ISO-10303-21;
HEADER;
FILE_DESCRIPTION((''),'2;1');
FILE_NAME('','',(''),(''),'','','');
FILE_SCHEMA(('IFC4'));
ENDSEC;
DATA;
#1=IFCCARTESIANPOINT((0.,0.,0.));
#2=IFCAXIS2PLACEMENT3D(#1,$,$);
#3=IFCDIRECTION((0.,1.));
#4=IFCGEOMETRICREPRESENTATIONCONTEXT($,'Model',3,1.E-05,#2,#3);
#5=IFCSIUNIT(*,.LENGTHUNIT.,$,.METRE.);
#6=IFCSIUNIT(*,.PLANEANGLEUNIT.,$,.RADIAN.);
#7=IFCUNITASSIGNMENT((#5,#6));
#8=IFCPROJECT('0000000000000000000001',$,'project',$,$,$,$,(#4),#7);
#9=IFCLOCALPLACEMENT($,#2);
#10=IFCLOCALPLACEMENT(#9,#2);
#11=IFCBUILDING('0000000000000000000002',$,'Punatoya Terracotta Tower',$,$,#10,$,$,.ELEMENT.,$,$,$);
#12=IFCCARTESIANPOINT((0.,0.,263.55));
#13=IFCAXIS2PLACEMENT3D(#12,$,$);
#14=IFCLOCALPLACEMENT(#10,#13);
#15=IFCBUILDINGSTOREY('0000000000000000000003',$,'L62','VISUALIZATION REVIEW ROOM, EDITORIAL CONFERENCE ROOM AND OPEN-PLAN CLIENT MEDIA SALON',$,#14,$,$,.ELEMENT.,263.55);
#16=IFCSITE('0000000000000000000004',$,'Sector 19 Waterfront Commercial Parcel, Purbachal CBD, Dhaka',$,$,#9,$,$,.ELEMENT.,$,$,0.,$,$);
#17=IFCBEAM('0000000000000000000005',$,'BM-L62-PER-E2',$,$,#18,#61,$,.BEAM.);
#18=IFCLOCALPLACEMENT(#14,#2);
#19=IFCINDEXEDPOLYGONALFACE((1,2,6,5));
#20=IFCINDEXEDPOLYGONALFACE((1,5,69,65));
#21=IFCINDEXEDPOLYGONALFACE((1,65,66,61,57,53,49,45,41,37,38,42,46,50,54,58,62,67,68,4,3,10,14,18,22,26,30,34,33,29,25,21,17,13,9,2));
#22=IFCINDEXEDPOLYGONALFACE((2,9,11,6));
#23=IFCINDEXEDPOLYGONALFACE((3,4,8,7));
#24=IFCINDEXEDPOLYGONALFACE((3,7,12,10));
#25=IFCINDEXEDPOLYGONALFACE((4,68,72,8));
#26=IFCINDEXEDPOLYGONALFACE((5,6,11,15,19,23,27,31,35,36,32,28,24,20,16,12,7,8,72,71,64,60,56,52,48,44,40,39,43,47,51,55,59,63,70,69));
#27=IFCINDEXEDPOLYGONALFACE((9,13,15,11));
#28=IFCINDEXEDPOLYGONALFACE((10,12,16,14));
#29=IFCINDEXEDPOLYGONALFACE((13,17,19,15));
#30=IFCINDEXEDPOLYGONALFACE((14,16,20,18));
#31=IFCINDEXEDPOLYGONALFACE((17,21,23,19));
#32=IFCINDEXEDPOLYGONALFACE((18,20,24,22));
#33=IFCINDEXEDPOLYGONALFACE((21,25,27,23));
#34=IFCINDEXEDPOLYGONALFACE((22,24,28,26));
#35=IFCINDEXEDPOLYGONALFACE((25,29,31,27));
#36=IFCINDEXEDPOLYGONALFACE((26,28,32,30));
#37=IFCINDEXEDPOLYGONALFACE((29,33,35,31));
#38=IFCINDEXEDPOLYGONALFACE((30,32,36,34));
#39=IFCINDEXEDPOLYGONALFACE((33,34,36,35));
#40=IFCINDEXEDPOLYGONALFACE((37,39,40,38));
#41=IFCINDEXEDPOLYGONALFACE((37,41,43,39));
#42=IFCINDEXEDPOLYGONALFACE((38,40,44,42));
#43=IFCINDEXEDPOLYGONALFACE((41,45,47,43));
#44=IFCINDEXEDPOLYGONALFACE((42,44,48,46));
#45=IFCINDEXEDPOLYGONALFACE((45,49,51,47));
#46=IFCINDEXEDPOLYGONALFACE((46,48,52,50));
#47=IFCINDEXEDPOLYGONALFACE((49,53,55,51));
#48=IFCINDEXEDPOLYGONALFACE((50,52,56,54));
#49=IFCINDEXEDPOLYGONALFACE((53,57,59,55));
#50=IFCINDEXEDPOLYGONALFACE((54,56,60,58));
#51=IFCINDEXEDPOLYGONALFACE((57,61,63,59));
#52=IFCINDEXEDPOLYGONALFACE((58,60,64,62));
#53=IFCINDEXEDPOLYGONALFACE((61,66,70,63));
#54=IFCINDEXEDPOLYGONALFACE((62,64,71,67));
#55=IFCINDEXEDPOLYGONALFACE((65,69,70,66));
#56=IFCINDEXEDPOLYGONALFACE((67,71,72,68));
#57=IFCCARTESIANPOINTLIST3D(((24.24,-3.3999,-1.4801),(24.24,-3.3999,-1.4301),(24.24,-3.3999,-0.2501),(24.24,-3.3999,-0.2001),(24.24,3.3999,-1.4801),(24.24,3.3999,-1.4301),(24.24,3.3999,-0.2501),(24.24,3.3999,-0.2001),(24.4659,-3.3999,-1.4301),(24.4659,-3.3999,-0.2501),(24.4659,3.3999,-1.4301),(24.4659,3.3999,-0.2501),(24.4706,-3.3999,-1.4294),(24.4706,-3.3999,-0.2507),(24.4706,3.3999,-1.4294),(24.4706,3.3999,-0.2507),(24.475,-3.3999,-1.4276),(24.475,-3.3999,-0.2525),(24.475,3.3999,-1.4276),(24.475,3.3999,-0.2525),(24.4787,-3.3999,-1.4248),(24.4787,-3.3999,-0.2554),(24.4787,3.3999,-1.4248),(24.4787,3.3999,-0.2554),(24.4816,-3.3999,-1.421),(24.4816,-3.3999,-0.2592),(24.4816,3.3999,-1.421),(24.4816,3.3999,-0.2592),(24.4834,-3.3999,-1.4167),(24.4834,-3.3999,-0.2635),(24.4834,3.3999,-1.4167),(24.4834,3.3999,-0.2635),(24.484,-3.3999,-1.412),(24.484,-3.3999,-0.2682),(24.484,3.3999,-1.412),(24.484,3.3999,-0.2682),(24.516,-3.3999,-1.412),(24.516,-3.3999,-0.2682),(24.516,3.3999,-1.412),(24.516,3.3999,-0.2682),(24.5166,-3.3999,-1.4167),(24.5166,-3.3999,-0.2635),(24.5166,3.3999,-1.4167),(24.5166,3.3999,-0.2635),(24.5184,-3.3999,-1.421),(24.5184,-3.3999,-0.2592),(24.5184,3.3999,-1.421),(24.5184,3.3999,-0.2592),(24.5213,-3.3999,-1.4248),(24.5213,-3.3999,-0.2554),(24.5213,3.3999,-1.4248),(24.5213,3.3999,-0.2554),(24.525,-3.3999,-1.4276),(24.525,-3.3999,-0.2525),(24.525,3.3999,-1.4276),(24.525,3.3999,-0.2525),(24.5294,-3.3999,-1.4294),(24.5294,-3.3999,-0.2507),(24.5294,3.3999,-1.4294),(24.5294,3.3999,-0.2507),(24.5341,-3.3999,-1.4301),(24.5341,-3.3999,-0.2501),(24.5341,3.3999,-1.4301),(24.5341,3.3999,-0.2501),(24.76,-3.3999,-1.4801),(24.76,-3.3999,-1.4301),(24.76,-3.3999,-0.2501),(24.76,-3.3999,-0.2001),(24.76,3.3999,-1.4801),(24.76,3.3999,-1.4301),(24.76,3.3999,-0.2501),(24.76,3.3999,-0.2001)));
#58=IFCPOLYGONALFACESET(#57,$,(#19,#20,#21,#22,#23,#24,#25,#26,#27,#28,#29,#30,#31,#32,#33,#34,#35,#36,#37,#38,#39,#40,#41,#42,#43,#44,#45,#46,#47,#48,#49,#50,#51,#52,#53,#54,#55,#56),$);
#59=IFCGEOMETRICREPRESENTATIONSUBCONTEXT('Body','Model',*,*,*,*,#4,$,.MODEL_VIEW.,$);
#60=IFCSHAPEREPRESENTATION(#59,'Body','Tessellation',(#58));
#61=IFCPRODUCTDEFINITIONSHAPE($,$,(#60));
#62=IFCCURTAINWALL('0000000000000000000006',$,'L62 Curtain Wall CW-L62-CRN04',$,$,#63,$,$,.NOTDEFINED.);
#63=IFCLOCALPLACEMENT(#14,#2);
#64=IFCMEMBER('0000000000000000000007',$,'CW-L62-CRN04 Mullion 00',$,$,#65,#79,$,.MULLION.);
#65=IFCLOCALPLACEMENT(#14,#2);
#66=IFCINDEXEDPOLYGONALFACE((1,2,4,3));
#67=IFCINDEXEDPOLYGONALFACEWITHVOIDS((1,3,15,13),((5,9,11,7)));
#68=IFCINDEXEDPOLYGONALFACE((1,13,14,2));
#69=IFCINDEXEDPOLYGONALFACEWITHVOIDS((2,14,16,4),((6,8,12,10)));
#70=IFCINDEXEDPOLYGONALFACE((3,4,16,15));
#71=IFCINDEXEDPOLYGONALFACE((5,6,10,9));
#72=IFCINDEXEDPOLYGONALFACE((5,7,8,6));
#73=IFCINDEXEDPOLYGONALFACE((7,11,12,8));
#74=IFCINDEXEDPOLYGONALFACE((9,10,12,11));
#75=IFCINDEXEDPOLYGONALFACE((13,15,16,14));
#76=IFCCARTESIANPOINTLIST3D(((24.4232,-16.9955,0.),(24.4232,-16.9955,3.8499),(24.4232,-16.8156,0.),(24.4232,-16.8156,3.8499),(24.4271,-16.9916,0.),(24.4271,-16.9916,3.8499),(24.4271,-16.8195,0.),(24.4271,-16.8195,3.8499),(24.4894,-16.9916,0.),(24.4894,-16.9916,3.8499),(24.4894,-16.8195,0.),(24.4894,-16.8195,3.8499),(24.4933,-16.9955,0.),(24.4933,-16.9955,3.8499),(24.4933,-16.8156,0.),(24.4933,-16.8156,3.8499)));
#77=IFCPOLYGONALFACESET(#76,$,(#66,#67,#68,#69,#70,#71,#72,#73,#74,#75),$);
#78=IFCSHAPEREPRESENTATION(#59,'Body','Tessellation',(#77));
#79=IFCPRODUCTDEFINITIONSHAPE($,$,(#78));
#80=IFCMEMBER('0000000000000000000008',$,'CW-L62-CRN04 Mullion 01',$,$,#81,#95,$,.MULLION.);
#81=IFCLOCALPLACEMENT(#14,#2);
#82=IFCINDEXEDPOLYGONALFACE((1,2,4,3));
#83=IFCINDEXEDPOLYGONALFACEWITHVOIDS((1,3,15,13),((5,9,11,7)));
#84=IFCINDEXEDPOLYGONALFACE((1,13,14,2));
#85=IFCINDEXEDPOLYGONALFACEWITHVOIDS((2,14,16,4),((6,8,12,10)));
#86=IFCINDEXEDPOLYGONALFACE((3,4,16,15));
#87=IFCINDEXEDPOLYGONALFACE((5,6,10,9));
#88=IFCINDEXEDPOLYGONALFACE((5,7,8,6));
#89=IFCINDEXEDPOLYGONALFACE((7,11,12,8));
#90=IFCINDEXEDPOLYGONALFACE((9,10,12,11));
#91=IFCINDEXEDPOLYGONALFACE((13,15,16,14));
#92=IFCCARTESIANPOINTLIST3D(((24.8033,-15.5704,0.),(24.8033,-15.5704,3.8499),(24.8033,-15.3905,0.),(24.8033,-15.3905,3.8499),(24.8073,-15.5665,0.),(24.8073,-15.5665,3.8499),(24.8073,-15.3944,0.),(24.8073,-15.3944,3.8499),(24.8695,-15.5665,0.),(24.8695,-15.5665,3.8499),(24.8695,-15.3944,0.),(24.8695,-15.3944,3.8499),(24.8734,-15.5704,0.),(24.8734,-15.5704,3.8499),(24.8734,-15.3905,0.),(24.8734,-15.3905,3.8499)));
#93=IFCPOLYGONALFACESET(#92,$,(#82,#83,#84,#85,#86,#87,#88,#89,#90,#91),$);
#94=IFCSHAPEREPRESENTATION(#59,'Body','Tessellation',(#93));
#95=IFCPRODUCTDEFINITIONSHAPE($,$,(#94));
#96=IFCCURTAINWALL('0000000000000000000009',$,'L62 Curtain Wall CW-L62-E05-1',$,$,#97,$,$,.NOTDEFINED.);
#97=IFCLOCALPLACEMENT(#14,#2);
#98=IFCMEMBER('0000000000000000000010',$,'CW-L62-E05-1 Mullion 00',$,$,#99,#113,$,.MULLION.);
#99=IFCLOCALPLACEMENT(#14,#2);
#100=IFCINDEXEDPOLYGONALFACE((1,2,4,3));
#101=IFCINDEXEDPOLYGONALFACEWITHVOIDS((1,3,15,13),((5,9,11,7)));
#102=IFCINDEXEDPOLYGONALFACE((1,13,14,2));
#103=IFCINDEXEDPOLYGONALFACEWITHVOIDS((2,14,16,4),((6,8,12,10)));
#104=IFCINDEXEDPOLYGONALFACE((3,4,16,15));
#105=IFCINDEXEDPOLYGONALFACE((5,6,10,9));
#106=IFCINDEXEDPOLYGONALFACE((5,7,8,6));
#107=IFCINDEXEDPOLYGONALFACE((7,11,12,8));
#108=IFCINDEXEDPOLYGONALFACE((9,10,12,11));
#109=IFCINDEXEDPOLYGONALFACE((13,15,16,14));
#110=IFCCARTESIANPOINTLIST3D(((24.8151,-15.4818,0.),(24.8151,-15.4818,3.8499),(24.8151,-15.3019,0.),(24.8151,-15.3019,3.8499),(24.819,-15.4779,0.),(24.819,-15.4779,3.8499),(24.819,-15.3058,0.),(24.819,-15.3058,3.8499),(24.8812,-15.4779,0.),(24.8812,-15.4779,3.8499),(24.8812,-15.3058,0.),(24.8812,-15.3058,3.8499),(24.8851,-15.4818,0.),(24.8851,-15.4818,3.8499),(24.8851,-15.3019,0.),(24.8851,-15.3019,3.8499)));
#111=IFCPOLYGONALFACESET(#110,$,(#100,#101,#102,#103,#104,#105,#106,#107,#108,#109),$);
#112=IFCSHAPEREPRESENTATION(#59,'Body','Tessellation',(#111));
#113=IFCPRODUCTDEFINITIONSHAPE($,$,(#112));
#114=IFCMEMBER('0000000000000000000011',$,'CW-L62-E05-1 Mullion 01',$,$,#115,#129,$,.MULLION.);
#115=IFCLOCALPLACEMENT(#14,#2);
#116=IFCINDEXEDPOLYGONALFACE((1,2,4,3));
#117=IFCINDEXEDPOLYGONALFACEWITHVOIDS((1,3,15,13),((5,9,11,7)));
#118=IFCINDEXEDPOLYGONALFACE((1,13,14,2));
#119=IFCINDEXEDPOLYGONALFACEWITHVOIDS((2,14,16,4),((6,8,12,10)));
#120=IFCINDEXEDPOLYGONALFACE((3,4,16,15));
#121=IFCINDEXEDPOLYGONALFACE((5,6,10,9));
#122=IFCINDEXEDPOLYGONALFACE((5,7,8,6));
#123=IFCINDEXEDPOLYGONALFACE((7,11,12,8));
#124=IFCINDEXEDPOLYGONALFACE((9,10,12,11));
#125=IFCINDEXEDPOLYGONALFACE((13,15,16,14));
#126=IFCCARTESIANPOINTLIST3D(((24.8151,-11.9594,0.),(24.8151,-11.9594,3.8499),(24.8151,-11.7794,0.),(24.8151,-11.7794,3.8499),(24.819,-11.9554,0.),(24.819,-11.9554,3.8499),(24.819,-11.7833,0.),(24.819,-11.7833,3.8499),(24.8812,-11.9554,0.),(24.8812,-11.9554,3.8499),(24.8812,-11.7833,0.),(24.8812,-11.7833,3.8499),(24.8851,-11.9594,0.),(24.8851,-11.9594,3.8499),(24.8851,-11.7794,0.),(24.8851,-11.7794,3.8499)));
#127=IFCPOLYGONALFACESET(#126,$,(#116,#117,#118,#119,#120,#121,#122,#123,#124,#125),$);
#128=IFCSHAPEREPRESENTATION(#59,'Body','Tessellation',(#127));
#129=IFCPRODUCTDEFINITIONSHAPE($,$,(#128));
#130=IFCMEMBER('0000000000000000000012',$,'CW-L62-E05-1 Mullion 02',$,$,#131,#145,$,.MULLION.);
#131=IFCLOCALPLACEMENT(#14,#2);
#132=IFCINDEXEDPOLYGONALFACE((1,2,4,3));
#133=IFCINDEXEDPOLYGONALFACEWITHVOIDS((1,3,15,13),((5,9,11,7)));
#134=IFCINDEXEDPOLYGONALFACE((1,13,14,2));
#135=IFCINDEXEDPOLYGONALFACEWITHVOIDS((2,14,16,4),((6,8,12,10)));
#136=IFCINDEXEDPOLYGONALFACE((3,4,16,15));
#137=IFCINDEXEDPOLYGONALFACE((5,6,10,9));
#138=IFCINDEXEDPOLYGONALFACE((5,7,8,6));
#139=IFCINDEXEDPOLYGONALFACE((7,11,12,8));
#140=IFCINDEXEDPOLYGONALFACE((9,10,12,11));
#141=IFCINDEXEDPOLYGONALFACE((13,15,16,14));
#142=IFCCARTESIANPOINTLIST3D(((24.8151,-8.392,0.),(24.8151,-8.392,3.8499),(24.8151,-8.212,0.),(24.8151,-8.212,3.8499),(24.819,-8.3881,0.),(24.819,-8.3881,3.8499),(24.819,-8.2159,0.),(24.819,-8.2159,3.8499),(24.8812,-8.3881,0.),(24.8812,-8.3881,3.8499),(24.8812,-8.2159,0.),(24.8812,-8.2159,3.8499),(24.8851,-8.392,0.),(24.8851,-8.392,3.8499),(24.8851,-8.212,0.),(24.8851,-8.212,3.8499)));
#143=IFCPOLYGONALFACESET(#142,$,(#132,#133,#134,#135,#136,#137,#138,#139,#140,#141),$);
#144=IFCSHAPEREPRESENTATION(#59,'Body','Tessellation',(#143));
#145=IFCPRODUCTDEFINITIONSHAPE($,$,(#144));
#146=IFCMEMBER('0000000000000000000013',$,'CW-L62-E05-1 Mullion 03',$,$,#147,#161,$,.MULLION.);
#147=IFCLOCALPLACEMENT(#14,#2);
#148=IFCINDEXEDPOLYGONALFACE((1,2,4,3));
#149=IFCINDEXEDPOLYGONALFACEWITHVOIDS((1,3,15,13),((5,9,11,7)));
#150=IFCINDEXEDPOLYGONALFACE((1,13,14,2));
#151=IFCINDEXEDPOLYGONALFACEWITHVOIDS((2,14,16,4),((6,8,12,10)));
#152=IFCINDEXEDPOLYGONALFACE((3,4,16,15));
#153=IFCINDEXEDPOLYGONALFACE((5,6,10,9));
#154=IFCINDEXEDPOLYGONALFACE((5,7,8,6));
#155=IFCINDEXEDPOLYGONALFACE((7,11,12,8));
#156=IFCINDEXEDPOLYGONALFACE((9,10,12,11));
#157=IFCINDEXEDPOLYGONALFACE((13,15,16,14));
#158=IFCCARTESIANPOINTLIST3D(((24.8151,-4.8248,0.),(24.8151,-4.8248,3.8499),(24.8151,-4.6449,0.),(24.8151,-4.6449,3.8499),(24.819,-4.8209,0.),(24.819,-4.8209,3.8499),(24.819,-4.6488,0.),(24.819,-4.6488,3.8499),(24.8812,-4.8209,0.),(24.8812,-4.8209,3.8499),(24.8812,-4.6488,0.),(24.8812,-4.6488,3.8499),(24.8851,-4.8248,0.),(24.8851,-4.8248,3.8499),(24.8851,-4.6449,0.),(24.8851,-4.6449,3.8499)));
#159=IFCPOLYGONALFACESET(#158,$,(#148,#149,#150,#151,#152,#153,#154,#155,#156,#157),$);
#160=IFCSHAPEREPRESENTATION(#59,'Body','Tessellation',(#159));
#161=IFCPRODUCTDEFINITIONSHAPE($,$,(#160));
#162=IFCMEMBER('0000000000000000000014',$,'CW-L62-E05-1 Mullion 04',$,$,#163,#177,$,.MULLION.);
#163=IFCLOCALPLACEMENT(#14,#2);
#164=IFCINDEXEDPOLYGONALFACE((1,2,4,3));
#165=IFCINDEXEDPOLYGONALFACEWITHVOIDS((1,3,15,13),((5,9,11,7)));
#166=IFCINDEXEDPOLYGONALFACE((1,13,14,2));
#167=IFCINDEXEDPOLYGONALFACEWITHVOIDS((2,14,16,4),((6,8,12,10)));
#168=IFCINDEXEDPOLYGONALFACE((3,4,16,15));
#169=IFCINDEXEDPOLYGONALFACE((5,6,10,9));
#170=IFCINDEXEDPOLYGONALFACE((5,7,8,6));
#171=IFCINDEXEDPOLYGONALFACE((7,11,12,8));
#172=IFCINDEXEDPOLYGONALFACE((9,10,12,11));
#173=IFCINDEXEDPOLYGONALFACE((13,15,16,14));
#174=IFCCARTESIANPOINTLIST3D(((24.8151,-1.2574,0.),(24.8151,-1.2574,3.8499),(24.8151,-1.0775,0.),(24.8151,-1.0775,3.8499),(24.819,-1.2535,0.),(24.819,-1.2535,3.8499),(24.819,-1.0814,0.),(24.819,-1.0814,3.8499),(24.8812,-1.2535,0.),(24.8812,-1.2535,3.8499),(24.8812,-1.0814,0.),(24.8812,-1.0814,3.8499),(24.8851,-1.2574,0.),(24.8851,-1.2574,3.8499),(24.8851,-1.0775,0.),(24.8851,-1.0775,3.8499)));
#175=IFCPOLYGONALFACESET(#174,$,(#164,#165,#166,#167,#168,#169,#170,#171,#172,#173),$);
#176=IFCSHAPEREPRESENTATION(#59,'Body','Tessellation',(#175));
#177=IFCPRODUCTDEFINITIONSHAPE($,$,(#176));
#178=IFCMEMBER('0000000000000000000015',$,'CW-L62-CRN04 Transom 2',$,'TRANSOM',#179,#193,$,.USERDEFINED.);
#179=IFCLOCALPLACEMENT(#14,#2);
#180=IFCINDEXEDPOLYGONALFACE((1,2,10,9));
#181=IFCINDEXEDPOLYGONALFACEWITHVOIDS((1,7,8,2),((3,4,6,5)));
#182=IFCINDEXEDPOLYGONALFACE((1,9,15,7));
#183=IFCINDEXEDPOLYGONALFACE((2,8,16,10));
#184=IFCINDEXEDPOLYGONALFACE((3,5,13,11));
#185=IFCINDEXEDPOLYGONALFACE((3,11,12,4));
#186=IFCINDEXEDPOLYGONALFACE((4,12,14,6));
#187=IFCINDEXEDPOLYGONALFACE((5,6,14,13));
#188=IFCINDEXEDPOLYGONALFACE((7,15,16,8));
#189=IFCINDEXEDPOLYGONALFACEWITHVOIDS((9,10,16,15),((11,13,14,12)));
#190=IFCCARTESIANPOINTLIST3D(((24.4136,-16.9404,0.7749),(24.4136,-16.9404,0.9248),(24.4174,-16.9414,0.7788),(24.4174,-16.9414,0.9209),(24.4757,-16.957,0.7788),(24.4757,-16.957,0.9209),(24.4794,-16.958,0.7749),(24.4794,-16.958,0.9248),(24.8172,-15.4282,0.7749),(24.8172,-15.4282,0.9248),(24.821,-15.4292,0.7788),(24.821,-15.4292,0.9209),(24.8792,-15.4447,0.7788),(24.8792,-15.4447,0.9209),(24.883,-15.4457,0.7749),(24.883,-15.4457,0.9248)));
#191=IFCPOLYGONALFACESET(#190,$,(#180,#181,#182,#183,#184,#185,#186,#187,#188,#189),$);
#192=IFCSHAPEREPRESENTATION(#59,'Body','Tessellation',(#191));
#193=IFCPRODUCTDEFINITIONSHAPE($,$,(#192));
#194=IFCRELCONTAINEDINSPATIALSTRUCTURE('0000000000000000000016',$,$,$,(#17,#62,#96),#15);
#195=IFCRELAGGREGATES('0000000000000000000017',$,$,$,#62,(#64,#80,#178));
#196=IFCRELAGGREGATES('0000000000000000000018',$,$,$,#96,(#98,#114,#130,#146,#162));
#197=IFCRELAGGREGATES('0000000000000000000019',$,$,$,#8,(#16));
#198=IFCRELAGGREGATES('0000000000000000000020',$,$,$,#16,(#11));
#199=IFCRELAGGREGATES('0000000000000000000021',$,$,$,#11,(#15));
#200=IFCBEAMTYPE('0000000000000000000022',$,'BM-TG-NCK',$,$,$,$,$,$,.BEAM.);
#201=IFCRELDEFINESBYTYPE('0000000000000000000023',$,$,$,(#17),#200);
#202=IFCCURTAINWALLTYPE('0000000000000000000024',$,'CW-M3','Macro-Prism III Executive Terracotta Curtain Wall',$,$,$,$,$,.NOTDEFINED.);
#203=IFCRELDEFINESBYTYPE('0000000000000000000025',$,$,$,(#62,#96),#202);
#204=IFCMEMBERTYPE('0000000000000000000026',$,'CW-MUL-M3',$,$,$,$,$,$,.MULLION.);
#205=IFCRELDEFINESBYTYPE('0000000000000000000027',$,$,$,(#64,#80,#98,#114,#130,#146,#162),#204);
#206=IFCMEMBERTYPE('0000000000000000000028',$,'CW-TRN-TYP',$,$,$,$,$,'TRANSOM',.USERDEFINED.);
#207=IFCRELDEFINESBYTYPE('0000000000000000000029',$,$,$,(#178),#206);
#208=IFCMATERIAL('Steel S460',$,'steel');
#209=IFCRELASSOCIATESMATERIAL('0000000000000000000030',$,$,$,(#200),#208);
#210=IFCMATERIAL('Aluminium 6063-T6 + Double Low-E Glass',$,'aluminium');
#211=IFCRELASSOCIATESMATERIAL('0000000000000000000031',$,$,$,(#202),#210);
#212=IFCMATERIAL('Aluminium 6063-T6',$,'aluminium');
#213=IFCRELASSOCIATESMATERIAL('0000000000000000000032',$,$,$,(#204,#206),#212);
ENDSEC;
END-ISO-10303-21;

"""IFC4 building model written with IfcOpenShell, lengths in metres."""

from ifc_helpers import new_model, si_unit, direction, frame, origin, origin_2d, place, context, subcontext, project, spatial, hollow_rectangle, i_section, extrude, material, material_profile, profile_set, type_object, element, aggregate, save


model = new_model("IFC4")

# Units and contexts
model_context = context("Model", 3, precision=1e-05, world=origin(), true_north=direction((0.0, 1.0)))
body_context = subcontext(model_context, "Body", "Model", "MODEL_VIEW")
ifc_project = project(units=[si_unit("LENGTHUNIT", "METRE"), si_unit("PLANEANGLEUNIT", "RADIAN")], contexts=[model_context])

# Site, building, storey
site_placement = place(None, origin())
site = spatial("IfcSite", under=ifc_project, at=site_placement, Name="Sector 19 Waterfront Commercial Parcel, Purbachal CBD, Dhaka", CompositionType="ELEMENT", RefElevation=0.0)
building_placement = place(site_placement, origin())
building = spatial("IfcBuilding", under=site, at=building_placement, Name="Punatoya Terracotta Tower", CompositionType="ELEMENT")
storey_placement = place(building_placement, frame((0.0, 0.0, 263.55)))
storey = spatial("IfcBuildingStorey", under=building, at=storey_placement, Name="L62", Description="VISUALIZATION REVIEW ROOM, EDITORIAL CONFERENCE ROOM AND OPEN-PLAN CLIENT MEDIA SALON", CompositionType="ELEMENT", Elevation=263.55)

# Shared definitions
ifc_material_1 = material(Name="Steel S460", Category="steel")

# Beam
ifc_material_profile_1 = material_profile(ifc_material_1, i_section(OverallWidth=0.52, OverallDepth=1.28, WebThickness=0.032, FlangeThickness=0.05, FilletRadius=0.0181, at=origin_2d()))
ifc_profile_set_1 = profile_set([ifc_material_profile_1], Name="Steel S460")
beam_type_1 = type_object("IfcBeamType", Name="BM-TG-NCK", PredefinedType="BEAM", material=ifc_profile_set_1)
beam_1_placement = place(storey_placement, frame((24.5, -3.3999, -0.8401), z_axis=(0.0, 1.0, 0.0), x_axis=(-1.0, 0.0, 0.0)))
element("IfcBeam", 1, at=beam_1_placement, inside=storey, type_object=beam_type_1, Name="BM-L62-PER-E2", PredefinedType="BEAM", context=body_context, shape_type="SweptSolid", body=[
    extrude(i_section(OverallWidth=0.52, OverallDepth=1.28, WebThickness=0.032, FlangeThickness=0.05, FilletRadius=0.0181, at=origin_2d()), origin(), (0.0, 0.0, 1.0), 6.7998),
])

# Curtain walls, members
ifc_material_2 = material(Name="Aluminium 6063-T6 + Double Low-E Glass", Category="aluminium")
curtain_wall_type = type_object("IfcCurtainWallType", Name="CW-M3", Description="Macro-Prism III Executive Terracotta Curtain Wall", PredefinedType="NOTDEFINED", material=ifc_material_2)
curtain_wall_1_placement = place(storey_placement, origin())
curtain_wall_1 = element("IfcCurtainWall", 2, at=curtain_wall_1_placement, inside=storey, type_object=curtain_wall_type, Name="L62 Curtain Wall CW-L62-CRN04", PredefinedType="NOTDEFINED")
ifc_material_3 = material(Name="Aluminium 6063-T6", Category="aluminium")
ifc_material_profile_2 = material_profile(ifc_material_3, hollow_rectangle(XDim=0.0701, YDim=0.1799, WallThickness=0.0039, at=origin_2d()))
ifc_profile_set_2 = profile_set([ifc_material_profile_2], Name="Aluminium 6063-T6")
member_type_1 = type_object("IfcMemberType", Name="CW-MUL-M3", PredefinedType="MULLION", material=ifc_profile_set_2)
member_1_placement = place(storey_placement, frame((24.4583, -16.9055, 0.0), z_axis=(0.0, 0.0, 1.0), x_axis=(1.0, 0.0, 0.0)))
member_1 = element("IfcMember", 3, at=member_1_placement, type_object=member_type_1, Name="CW-L62-CRN04 Mullion 00", PredefinedType="MULLION", context=body_context, shape_type="SweptSolid", body=[
    extrude(hollow_rectangle(XDim=0.0701, YDim=0.1799, WallThickness=0.0039, at=origin_2d()), origin(), (0.0, 0.0, 1.0), 3.8499),
])
member_2_placement = place(storey_placement, frame((24.8384, -15.4805, 0.0), z_axis=(0.0, 0.0, 1.0), x_axis=(1.0, 0.0, 0.0)))
member_2 = element("IfcMember", 4, at=member_2_placement, type_object=member_type_1, Name="CW-L62-CRN04 Mullion 01", PredefinedType="MULLION", context=body_context, shape_type="SweptSolid", body=[
    extrude(hollow_rectangle(XDim=0.0701, YDim=0.1799, WallThickness=0.0039, at=origin_2d()), origin(), (0.0, 0.0, 1.0), 3.8499),
])
curtain_wall_2_placement = place(storey_placement, origin())
curtain_wall_2 = element("IfcCurtainWall", 5, at=curtain_wall_2_placement, inside=storey, type_object=curtain_wall_type, Name="L62 Curtain Wall CW-L62-E05-1", PredefinedType="NOTDEFINED")
member_3_placement = place(storey_placement, frame((24.8501, -15.3918, 0.0), z_axis=(0.0, 0.0, 1.0), x_axis=(1.0, 0.0, 0.0)))
member_3 = element("IfcMember", 6, at=member_3_placement, type_object=member_type_1, Name="CW-L62-E05-1 Mullion 00", PredefinedType="MULLION", context=body_context, shape_type="SweptSolid", body=[
    extrude(hollow_rectangle(XDim=0.0701, YDim=0.1799, WallThickness=0.0039, at=origin_2d()), origin(), (0.0, 0.0, 1.0), 3.8499),
])
member_4_placement = place(storey_placement, frame((24.8501, -11.8694, 0.0), z_axis=(0.0, 0.0, 1.0), x_axis=(1.0, 0.0, 0.0)))
member_4 = element("IfcMember", 7, at=member_4_placement, type_object=member_type_1, Name="CW-L62-E05-1 Mullion 01", PredefinedType="MULLION", context=body_context, shape_type="SweptSolid", body=[
    extrude(hollow_rectangle(XDim=0.0701, YDim=0.1799, WallThickness=0.0039, at=origin_2d()), origin(), (0.0, 0.0, 1.0), 3.8499),
])
member_5_placement = place(storey_placement, frame((24.8501, -8.302, 0.0), z_axis=(0.0, 0.0, 1.0), x_axis=(1.0, 0.0, 0.0)))
member_5 = element("IfcMember", 8, at=member_5_placement, type_object=member_type_1, Name="CW-L62-E05-1 Mullion 02", PredefinedType="MULLION", context=body_context, shape_type="SweptSolid", body=[
    extrude(hollow_rectangle(XDim=0.0701, YDim=0.1799, WallThickness=0.0039, at=origin_2d()), origin(), (0.0, 0.0, 1.0), 3.8499),
])
member_6_placement = place(storey_placement, frame((24.8501, -4.7349, 0.0), z_axis=(0.0, 0.0, 1.0), x_axis=(1.0, 0.0, 0.0)))
member_6 = element("IfcMember", 9, at=member_6_placement, type_object=member_type_1, Name="CW-L62-E05-1 Mullion 03", PredefinedType="MULLION", context=body_context, shape_type="SweptSolid", body=[
    extrude(hollow_rectangle(XDim=0.0701, YDim=0.1799, WallThickness=0.0039, at=origin_2d()), origin(), (0.0, 0.0, 1.0), 3.8499),
])
member_7_placement = place(storey_placement, frame((24.8501, -1.1675, 0.0), z_axis=(0.0, 0.0, 1.0), x_axis=(1.0, 0.0, 0.0)))
member_7 = element("IfcMember", 10, at=member_7_placement, type_object=member_type_1, Name="CW-L62-E05-1 Mullion 04", PredefinedType="MULLION", context=body_context, shape_type="SweptSolid", body=[
    extrude(hollow_rectangle(XDim=0.0701, YDim=0.1799, WallThickness=0.0039, at=origin_2d()), origin(), (0.0, 0.0, 1.0), 3.8499),
])

# Member
ifc_material_profile_3 = material_profile(ifc_material_3, hollow_rectangle(XDim=0.0681, YDim=0.1499, WallThickness=0.0039, at=origin_2d()))
ifc_profile_set_3 = profile_set([ifc_material_profile_3], Name="Aluminium 6063-T6")
member_type_2 = type_object("IfcMemberType", Name="CW-TRN-TYP", ElementType="TRANSOM", PredefinedType="USERDEFINED", material=ifc_profile_set_3)
member_8_placement = place(storey_placement, frame((24.4465, -16.9492, 0.8499), z_axis=(0.257847, 0.966186, 0.0), x_axis=(-0.966186, 0.257847, 0.0)))
member_8 = element("IfcMember", 11, at=member_8_placement, type_object=member_type_2, Name="CW-L62-CRN04 Transom 2", ObjectType="TRANSOM", PredefinedType="USERDEFINED", context=body_context, shape_type="SweptSolid", body=[
    extrude(hollow_rectangle(XDim=0.0681, YDim=0.1499, WallThickness=0.0039, at=origin_2d()), origin(), (0.0, 0.0, 1.0), 1.5652),
])

aggregate(curtain_wall_1, [member_1, member_2, member_8])
aggregate(curtain_wall_2, [member_3, member_4, member_5, member_6, member_7])

save(model, "model.ifc")
